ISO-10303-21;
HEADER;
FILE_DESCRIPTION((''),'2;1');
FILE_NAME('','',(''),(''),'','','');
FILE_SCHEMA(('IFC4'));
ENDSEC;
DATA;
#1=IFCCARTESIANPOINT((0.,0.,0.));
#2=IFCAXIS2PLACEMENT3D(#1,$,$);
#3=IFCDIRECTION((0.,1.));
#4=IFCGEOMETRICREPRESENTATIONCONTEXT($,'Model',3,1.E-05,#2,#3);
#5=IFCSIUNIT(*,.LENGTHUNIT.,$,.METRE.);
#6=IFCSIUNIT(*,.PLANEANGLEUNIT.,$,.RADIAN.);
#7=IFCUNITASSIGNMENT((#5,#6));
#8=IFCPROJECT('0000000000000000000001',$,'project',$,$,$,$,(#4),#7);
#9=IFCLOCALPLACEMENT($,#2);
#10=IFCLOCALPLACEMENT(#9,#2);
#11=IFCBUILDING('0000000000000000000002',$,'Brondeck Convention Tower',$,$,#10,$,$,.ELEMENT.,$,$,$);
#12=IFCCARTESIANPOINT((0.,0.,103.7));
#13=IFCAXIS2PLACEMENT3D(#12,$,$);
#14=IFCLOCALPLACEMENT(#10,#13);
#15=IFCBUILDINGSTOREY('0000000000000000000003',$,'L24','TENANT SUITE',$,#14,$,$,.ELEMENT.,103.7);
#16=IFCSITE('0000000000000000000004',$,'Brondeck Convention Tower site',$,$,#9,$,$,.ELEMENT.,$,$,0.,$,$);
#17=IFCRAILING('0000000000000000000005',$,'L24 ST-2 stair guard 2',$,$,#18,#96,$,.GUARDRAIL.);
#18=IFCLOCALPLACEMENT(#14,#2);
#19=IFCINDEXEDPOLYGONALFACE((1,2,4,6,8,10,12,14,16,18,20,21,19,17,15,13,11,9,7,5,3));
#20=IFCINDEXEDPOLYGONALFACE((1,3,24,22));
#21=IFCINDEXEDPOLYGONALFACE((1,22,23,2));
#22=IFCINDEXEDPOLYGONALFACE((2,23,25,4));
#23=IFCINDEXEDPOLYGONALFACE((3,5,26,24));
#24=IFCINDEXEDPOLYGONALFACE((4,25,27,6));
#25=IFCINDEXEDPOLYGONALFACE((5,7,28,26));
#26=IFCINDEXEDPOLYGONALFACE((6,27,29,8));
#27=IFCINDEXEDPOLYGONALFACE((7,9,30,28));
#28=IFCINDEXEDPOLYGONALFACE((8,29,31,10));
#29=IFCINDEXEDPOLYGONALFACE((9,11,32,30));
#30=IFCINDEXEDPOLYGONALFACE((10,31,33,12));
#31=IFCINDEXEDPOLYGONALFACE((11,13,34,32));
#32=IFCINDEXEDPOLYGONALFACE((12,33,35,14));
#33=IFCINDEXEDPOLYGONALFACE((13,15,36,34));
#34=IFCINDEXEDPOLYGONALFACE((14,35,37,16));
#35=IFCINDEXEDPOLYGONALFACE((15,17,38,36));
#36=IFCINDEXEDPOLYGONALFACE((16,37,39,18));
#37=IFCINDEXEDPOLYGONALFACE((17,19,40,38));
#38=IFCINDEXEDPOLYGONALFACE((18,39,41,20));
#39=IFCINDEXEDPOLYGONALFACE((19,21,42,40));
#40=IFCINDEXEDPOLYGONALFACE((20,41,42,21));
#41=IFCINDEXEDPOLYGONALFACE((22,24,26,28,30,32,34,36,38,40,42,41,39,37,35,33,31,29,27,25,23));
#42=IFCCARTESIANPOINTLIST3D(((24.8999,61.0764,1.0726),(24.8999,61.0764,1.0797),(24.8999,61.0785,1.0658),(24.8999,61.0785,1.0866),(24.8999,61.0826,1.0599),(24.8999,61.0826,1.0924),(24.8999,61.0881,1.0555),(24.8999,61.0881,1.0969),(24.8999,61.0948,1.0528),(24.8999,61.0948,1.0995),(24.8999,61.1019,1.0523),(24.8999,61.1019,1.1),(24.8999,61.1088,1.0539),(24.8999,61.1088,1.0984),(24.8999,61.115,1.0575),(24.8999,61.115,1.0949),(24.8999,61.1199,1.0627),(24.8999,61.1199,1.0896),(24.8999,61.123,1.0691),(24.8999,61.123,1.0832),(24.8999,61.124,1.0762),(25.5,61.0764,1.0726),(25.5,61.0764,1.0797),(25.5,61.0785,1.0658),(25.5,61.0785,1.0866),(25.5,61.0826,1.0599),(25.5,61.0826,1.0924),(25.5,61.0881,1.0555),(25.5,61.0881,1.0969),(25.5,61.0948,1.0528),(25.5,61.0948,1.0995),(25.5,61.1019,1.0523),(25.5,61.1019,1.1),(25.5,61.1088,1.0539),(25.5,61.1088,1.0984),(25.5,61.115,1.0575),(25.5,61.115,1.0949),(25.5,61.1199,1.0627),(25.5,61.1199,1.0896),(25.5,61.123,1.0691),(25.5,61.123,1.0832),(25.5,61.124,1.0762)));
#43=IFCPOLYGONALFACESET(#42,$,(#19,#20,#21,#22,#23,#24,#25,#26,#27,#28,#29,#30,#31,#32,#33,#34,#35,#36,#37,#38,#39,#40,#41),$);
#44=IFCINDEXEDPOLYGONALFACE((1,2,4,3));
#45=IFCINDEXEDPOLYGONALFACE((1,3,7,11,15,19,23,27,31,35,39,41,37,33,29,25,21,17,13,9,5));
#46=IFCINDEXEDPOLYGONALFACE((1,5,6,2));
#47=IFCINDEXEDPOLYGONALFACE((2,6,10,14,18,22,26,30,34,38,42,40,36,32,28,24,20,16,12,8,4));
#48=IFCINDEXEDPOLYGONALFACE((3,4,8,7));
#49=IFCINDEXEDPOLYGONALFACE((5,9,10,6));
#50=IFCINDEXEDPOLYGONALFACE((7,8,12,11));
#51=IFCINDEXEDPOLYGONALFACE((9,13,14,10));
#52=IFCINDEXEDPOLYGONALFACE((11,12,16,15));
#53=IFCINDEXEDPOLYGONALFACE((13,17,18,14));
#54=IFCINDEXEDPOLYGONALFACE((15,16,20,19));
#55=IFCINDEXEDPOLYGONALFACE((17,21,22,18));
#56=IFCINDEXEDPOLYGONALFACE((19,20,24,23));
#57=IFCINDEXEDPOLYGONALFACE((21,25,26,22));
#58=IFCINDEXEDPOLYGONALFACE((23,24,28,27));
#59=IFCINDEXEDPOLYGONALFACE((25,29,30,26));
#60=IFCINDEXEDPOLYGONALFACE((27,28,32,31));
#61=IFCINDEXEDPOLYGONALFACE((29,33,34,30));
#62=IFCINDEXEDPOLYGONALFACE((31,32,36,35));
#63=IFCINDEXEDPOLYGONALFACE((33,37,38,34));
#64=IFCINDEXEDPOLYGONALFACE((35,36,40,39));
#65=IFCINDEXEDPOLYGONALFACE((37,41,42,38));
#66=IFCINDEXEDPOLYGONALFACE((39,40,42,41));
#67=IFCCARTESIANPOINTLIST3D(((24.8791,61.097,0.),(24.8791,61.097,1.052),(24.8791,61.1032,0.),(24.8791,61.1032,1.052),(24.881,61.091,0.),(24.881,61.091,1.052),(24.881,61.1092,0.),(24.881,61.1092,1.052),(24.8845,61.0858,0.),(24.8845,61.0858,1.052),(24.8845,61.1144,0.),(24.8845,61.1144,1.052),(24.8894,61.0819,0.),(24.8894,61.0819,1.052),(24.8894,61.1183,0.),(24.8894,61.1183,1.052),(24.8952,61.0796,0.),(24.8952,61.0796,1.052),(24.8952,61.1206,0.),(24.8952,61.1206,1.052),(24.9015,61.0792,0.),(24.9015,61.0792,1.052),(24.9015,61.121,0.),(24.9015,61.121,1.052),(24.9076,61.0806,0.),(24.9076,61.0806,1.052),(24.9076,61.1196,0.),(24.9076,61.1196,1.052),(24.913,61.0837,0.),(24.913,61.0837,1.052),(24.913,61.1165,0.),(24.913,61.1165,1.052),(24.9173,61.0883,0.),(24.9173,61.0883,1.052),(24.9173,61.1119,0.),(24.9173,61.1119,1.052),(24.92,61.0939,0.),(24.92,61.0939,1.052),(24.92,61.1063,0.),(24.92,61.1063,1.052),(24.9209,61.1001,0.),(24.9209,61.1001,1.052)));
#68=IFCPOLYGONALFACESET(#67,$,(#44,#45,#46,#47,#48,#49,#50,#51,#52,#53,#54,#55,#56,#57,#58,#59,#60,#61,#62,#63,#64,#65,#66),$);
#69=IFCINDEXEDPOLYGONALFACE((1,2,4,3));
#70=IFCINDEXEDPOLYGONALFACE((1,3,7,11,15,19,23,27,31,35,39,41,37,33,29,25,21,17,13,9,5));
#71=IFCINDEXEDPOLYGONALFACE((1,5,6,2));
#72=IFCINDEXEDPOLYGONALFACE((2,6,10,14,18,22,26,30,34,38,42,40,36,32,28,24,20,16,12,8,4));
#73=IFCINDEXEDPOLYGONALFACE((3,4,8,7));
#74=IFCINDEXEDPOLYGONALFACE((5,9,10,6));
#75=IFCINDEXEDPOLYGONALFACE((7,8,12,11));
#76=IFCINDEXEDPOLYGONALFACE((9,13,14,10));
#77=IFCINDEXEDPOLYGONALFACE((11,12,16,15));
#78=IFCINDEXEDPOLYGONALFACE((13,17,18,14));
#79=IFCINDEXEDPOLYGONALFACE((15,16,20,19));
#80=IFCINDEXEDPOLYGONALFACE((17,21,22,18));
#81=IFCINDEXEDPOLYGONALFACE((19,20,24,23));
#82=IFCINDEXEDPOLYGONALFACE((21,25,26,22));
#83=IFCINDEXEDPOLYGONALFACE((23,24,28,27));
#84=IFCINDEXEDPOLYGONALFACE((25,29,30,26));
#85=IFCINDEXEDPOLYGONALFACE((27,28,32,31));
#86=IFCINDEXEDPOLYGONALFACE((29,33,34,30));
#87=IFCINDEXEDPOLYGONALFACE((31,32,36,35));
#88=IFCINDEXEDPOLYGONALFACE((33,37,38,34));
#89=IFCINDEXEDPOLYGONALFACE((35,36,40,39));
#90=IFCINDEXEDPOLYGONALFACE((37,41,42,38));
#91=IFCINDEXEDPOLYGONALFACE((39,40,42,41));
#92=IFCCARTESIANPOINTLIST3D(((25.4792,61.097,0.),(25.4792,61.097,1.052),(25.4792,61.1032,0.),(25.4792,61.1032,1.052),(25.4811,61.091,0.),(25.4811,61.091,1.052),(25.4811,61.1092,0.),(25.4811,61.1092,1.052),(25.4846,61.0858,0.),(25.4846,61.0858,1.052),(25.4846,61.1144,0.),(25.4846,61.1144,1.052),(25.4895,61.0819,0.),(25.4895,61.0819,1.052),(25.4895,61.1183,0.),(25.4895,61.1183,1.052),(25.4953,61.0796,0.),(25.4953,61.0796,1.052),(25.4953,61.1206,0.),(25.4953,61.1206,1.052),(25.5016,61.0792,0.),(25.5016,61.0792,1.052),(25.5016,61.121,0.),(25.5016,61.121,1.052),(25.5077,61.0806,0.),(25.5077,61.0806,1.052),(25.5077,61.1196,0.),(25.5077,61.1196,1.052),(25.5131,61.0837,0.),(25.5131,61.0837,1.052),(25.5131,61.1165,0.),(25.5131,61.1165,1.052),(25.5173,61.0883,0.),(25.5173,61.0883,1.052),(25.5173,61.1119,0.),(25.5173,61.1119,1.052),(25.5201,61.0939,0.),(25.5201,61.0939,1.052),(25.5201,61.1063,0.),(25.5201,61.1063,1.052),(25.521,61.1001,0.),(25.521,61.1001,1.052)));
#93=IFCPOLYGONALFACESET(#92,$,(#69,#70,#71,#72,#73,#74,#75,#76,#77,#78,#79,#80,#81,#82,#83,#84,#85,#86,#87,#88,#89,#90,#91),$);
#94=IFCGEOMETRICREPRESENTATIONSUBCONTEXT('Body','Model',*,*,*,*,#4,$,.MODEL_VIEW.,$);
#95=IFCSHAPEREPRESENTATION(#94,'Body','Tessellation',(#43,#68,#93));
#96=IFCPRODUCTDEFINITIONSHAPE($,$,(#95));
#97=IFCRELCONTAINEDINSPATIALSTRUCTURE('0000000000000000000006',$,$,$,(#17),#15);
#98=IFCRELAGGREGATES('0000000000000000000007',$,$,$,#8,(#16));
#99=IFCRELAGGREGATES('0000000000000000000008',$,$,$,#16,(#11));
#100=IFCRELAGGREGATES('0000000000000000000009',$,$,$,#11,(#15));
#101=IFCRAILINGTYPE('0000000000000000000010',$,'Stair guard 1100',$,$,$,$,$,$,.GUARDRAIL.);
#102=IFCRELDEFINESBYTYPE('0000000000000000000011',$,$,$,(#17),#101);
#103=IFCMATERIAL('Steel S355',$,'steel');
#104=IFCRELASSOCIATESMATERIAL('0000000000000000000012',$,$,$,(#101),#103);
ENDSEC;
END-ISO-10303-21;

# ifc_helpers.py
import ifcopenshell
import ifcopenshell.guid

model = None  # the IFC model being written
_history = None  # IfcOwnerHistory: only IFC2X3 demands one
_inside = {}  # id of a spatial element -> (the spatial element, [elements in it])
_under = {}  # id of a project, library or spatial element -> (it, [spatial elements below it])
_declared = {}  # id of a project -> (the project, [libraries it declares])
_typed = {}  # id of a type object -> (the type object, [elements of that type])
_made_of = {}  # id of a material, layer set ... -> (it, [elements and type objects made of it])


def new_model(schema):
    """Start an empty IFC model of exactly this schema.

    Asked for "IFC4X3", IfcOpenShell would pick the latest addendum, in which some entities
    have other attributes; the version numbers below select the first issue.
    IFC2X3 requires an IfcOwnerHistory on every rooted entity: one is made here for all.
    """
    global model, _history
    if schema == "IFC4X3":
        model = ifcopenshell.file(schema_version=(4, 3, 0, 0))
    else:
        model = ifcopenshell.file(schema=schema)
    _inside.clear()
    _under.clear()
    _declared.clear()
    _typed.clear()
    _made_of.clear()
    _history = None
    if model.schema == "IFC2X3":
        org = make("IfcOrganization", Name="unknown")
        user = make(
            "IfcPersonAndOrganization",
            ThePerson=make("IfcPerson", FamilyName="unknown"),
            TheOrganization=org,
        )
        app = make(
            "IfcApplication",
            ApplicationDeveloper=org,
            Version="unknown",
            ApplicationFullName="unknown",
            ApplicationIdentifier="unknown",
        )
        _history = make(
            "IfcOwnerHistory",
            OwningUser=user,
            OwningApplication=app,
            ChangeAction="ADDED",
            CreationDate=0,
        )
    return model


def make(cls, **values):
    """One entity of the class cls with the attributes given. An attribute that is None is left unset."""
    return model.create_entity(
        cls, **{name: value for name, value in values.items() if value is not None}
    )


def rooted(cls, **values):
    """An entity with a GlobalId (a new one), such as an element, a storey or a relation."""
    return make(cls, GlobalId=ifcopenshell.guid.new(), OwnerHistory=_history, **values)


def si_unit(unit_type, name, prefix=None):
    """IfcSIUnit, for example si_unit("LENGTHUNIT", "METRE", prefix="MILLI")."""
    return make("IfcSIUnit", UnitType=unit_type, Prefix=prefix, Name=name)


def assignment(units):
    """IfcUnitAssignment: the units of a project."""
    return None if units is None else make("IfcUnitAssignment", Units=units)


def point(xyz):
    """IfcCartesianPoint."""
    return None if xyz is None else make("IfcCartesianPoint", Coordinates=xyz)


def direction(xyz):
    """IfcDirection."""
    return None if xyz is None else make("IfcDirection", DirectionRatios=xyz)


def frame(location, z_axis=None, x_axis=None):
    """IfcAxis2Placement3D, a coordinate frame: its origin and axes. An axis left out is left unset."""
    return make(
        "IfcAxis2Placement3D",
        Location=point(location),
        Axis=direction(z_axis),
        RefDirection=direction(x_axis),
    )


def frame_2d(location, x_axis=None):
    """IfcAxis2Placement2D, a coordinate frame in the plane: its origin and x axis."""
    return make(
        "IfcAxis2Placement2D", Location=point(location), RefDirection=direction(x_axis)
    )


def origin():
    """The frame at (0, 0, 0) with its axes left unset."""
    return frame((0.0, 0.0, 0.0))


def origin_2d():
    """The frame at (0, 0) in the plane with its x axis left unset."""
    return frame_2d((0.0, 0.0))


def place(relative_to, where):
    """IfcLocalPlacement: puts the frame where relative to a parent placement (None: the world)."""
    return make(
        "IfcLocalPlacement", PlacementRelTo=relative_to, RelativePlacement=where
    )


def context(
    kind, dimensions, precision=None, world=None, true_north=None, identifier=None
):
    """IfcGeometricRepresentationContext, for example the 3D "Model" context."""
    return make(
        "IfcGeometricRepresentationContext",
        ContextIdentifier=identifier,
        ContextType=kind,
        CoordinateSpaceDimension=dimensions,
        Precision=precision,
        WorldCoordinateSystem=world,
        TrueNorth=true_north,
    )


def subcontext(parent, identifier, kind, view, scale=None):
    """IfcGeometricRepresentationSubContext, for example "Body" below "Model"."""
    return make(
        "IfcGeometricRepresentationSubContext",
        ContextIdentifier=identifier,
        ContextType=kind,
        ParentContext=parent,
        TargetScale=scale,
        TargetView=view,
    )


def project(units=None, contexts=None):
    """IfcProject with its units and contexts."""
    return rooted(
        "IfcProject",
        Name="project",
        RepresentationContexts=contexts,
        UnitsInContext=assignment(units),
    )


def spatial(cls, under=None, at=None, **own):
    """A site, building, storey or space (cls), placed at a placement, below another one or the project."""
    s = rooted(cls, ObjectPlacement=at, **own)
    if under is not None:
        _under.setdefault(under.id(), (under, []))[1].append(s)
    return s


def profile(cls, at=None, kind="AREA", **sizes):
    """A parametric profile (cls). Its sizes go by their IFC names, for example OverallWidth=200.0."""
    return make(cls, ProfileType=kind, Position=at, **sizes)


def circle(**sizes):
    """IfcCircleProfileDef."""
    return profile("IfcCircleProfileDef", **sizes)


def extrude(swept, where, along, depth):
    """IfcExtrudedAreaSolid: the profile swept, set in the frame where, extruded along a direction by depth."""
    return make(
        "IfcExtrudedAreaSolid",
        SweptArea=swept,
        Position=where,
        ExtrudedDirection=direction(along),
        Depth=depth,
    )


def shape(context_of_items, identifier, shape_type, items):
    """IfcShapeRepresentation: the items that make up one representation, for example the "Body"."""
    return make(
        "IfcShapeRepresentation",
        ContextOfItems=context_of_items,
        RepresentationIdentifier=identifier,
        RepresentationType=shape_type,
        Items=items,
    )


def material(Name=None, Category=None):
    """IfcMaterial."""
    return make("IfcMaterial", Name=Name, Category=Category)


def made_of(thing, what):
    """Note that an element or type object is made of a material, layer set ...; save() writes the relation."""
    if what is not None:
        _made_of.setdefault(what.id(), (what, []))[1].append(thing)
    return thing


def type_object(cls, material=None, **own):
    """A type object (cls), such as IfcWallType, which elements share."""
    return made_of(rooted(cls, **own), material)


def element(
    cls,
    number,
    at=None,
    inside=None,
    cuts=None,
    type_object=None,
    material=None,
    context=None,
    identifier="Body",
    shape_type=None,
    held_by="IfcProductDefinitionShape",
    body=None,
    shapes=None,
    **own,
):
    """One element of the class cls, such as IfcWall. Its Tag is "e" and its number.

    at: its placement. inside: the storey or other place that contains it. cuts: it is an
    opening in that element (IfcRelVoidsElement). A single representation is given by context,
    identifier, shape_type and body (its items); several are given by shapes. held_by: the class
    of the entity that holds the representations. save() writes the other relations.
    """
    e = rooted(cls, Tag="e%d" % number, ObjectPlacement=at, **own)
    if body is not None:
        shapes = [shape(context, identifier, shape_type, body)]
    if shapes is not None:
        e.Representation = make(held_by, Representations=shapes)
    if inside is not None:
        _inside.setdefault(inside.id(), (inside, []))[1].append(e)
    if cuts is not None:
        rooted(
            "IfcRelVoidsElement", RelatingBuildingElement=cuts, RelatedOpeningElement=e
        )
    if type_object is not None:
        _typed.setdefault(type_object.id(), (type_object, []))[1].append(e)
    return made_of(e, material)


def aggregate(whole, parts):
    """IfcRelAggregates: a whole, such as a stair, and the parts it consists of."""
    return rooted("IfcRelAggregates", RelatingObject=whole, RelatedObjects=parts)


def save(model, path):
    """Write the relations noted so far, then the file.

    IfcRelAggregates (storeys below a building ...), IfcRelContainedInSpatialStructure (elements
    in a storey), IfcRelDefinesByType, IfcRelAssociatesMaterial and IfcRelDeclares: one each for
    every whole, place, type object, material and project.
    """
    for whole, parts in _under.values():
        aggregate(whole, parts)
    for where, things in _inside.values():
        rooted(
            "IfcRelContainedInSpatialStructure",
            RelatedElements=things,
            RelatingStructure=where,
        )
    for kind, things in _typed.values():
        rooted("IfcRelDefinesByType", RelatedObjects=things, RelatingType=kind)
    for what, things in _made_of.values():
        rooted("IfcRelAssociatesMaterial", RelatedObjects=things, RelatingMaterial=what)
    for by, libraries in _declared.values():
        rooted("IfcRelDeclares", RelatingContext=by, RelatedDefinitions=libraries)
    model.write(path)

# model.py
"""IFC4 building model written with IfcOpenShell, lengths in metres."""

from ifc_helpers import new_model, si_unit, direction, frame, origin, origin_2d, place, context, subcontext, project, spatial, circle, extrude, material, type_object, element, save


model = new_model("IFC4")

# Units and contexts
model_context = context("Model", 3, precision=1e-05, world=origin(), true_north=direction((0.0, 1.0)))
body_context = subcontext(model_context, "Body", "Model", "MODEL_VIEW")
ifc_project = project(units=[si_unit("LENGTHUNIT", "METRE"), si_unit("PLANEANGLEUNIT", "RADIAN")], contexts=[model_context])

# Site, building, storey
site_placement = place(None, origin())
site = spatial("IfcSite", under=ifc_project, at=site_placement, Name="Brondeck Convention Tower site", CompositionType="ELEMENT", RefElevation=0.0)
building_placement = place(site_placement, origin())
building = spatial("IfcBuilding", under=site, at=building_placement, Name="Brondeck Convention Tower", CompositionType="ELEMENT")
storey_placement = place(building_placement, frame((0.0, 0.0, 103.7)))
storey = spatial("IfcBuildingStorey", under=building, at=storey_placement, Name="L24", Description="TENANT SUITE", CompositionType="ELEMENT", Elevation=103.7)

# Shared definitions
ifc_material_1 = material(Name="Steel S355", Category="steel")

# Railing
railing_type_1 = type_object("IfcRailingType", Name="Stair guard 1100", PredefinedType="GUARDRAIL", material=ifc_material_1)
railing_1_placement = place(storey_placement, frame((24.8999, 61.1001, 0.0)))
element("IfcRailing", 1, at=railing_1_placement, inside=storey, type_object=railing_type_1, Name="L24 ST-2 stair guard 2", PredefinedType="GUARDRAIL", context=body_context, shape_type="SweptSolid", body=[
    extrude(circle(Radius=0.0239, at=origin_2d()), frame((0.0, 0.0, 1.0762), z_axis=(1.0, 0.0, 0.0), x_axis=(0.0, 1.0, 0.0)), (0.0, 0.0, 1.0), 0.6001),
    extrude(circle(Radius=0.021, at=origin_2d()), origin(), (0.0, 0.0, 1.0), 1.052),
    extrude(circle(Radius=0.021, at=origin_2d()), frame((0.6001, 0.0, 0.0)), (0.0, 0.0, 1.0), 1.052),
])

save(model, "model.ifc")
